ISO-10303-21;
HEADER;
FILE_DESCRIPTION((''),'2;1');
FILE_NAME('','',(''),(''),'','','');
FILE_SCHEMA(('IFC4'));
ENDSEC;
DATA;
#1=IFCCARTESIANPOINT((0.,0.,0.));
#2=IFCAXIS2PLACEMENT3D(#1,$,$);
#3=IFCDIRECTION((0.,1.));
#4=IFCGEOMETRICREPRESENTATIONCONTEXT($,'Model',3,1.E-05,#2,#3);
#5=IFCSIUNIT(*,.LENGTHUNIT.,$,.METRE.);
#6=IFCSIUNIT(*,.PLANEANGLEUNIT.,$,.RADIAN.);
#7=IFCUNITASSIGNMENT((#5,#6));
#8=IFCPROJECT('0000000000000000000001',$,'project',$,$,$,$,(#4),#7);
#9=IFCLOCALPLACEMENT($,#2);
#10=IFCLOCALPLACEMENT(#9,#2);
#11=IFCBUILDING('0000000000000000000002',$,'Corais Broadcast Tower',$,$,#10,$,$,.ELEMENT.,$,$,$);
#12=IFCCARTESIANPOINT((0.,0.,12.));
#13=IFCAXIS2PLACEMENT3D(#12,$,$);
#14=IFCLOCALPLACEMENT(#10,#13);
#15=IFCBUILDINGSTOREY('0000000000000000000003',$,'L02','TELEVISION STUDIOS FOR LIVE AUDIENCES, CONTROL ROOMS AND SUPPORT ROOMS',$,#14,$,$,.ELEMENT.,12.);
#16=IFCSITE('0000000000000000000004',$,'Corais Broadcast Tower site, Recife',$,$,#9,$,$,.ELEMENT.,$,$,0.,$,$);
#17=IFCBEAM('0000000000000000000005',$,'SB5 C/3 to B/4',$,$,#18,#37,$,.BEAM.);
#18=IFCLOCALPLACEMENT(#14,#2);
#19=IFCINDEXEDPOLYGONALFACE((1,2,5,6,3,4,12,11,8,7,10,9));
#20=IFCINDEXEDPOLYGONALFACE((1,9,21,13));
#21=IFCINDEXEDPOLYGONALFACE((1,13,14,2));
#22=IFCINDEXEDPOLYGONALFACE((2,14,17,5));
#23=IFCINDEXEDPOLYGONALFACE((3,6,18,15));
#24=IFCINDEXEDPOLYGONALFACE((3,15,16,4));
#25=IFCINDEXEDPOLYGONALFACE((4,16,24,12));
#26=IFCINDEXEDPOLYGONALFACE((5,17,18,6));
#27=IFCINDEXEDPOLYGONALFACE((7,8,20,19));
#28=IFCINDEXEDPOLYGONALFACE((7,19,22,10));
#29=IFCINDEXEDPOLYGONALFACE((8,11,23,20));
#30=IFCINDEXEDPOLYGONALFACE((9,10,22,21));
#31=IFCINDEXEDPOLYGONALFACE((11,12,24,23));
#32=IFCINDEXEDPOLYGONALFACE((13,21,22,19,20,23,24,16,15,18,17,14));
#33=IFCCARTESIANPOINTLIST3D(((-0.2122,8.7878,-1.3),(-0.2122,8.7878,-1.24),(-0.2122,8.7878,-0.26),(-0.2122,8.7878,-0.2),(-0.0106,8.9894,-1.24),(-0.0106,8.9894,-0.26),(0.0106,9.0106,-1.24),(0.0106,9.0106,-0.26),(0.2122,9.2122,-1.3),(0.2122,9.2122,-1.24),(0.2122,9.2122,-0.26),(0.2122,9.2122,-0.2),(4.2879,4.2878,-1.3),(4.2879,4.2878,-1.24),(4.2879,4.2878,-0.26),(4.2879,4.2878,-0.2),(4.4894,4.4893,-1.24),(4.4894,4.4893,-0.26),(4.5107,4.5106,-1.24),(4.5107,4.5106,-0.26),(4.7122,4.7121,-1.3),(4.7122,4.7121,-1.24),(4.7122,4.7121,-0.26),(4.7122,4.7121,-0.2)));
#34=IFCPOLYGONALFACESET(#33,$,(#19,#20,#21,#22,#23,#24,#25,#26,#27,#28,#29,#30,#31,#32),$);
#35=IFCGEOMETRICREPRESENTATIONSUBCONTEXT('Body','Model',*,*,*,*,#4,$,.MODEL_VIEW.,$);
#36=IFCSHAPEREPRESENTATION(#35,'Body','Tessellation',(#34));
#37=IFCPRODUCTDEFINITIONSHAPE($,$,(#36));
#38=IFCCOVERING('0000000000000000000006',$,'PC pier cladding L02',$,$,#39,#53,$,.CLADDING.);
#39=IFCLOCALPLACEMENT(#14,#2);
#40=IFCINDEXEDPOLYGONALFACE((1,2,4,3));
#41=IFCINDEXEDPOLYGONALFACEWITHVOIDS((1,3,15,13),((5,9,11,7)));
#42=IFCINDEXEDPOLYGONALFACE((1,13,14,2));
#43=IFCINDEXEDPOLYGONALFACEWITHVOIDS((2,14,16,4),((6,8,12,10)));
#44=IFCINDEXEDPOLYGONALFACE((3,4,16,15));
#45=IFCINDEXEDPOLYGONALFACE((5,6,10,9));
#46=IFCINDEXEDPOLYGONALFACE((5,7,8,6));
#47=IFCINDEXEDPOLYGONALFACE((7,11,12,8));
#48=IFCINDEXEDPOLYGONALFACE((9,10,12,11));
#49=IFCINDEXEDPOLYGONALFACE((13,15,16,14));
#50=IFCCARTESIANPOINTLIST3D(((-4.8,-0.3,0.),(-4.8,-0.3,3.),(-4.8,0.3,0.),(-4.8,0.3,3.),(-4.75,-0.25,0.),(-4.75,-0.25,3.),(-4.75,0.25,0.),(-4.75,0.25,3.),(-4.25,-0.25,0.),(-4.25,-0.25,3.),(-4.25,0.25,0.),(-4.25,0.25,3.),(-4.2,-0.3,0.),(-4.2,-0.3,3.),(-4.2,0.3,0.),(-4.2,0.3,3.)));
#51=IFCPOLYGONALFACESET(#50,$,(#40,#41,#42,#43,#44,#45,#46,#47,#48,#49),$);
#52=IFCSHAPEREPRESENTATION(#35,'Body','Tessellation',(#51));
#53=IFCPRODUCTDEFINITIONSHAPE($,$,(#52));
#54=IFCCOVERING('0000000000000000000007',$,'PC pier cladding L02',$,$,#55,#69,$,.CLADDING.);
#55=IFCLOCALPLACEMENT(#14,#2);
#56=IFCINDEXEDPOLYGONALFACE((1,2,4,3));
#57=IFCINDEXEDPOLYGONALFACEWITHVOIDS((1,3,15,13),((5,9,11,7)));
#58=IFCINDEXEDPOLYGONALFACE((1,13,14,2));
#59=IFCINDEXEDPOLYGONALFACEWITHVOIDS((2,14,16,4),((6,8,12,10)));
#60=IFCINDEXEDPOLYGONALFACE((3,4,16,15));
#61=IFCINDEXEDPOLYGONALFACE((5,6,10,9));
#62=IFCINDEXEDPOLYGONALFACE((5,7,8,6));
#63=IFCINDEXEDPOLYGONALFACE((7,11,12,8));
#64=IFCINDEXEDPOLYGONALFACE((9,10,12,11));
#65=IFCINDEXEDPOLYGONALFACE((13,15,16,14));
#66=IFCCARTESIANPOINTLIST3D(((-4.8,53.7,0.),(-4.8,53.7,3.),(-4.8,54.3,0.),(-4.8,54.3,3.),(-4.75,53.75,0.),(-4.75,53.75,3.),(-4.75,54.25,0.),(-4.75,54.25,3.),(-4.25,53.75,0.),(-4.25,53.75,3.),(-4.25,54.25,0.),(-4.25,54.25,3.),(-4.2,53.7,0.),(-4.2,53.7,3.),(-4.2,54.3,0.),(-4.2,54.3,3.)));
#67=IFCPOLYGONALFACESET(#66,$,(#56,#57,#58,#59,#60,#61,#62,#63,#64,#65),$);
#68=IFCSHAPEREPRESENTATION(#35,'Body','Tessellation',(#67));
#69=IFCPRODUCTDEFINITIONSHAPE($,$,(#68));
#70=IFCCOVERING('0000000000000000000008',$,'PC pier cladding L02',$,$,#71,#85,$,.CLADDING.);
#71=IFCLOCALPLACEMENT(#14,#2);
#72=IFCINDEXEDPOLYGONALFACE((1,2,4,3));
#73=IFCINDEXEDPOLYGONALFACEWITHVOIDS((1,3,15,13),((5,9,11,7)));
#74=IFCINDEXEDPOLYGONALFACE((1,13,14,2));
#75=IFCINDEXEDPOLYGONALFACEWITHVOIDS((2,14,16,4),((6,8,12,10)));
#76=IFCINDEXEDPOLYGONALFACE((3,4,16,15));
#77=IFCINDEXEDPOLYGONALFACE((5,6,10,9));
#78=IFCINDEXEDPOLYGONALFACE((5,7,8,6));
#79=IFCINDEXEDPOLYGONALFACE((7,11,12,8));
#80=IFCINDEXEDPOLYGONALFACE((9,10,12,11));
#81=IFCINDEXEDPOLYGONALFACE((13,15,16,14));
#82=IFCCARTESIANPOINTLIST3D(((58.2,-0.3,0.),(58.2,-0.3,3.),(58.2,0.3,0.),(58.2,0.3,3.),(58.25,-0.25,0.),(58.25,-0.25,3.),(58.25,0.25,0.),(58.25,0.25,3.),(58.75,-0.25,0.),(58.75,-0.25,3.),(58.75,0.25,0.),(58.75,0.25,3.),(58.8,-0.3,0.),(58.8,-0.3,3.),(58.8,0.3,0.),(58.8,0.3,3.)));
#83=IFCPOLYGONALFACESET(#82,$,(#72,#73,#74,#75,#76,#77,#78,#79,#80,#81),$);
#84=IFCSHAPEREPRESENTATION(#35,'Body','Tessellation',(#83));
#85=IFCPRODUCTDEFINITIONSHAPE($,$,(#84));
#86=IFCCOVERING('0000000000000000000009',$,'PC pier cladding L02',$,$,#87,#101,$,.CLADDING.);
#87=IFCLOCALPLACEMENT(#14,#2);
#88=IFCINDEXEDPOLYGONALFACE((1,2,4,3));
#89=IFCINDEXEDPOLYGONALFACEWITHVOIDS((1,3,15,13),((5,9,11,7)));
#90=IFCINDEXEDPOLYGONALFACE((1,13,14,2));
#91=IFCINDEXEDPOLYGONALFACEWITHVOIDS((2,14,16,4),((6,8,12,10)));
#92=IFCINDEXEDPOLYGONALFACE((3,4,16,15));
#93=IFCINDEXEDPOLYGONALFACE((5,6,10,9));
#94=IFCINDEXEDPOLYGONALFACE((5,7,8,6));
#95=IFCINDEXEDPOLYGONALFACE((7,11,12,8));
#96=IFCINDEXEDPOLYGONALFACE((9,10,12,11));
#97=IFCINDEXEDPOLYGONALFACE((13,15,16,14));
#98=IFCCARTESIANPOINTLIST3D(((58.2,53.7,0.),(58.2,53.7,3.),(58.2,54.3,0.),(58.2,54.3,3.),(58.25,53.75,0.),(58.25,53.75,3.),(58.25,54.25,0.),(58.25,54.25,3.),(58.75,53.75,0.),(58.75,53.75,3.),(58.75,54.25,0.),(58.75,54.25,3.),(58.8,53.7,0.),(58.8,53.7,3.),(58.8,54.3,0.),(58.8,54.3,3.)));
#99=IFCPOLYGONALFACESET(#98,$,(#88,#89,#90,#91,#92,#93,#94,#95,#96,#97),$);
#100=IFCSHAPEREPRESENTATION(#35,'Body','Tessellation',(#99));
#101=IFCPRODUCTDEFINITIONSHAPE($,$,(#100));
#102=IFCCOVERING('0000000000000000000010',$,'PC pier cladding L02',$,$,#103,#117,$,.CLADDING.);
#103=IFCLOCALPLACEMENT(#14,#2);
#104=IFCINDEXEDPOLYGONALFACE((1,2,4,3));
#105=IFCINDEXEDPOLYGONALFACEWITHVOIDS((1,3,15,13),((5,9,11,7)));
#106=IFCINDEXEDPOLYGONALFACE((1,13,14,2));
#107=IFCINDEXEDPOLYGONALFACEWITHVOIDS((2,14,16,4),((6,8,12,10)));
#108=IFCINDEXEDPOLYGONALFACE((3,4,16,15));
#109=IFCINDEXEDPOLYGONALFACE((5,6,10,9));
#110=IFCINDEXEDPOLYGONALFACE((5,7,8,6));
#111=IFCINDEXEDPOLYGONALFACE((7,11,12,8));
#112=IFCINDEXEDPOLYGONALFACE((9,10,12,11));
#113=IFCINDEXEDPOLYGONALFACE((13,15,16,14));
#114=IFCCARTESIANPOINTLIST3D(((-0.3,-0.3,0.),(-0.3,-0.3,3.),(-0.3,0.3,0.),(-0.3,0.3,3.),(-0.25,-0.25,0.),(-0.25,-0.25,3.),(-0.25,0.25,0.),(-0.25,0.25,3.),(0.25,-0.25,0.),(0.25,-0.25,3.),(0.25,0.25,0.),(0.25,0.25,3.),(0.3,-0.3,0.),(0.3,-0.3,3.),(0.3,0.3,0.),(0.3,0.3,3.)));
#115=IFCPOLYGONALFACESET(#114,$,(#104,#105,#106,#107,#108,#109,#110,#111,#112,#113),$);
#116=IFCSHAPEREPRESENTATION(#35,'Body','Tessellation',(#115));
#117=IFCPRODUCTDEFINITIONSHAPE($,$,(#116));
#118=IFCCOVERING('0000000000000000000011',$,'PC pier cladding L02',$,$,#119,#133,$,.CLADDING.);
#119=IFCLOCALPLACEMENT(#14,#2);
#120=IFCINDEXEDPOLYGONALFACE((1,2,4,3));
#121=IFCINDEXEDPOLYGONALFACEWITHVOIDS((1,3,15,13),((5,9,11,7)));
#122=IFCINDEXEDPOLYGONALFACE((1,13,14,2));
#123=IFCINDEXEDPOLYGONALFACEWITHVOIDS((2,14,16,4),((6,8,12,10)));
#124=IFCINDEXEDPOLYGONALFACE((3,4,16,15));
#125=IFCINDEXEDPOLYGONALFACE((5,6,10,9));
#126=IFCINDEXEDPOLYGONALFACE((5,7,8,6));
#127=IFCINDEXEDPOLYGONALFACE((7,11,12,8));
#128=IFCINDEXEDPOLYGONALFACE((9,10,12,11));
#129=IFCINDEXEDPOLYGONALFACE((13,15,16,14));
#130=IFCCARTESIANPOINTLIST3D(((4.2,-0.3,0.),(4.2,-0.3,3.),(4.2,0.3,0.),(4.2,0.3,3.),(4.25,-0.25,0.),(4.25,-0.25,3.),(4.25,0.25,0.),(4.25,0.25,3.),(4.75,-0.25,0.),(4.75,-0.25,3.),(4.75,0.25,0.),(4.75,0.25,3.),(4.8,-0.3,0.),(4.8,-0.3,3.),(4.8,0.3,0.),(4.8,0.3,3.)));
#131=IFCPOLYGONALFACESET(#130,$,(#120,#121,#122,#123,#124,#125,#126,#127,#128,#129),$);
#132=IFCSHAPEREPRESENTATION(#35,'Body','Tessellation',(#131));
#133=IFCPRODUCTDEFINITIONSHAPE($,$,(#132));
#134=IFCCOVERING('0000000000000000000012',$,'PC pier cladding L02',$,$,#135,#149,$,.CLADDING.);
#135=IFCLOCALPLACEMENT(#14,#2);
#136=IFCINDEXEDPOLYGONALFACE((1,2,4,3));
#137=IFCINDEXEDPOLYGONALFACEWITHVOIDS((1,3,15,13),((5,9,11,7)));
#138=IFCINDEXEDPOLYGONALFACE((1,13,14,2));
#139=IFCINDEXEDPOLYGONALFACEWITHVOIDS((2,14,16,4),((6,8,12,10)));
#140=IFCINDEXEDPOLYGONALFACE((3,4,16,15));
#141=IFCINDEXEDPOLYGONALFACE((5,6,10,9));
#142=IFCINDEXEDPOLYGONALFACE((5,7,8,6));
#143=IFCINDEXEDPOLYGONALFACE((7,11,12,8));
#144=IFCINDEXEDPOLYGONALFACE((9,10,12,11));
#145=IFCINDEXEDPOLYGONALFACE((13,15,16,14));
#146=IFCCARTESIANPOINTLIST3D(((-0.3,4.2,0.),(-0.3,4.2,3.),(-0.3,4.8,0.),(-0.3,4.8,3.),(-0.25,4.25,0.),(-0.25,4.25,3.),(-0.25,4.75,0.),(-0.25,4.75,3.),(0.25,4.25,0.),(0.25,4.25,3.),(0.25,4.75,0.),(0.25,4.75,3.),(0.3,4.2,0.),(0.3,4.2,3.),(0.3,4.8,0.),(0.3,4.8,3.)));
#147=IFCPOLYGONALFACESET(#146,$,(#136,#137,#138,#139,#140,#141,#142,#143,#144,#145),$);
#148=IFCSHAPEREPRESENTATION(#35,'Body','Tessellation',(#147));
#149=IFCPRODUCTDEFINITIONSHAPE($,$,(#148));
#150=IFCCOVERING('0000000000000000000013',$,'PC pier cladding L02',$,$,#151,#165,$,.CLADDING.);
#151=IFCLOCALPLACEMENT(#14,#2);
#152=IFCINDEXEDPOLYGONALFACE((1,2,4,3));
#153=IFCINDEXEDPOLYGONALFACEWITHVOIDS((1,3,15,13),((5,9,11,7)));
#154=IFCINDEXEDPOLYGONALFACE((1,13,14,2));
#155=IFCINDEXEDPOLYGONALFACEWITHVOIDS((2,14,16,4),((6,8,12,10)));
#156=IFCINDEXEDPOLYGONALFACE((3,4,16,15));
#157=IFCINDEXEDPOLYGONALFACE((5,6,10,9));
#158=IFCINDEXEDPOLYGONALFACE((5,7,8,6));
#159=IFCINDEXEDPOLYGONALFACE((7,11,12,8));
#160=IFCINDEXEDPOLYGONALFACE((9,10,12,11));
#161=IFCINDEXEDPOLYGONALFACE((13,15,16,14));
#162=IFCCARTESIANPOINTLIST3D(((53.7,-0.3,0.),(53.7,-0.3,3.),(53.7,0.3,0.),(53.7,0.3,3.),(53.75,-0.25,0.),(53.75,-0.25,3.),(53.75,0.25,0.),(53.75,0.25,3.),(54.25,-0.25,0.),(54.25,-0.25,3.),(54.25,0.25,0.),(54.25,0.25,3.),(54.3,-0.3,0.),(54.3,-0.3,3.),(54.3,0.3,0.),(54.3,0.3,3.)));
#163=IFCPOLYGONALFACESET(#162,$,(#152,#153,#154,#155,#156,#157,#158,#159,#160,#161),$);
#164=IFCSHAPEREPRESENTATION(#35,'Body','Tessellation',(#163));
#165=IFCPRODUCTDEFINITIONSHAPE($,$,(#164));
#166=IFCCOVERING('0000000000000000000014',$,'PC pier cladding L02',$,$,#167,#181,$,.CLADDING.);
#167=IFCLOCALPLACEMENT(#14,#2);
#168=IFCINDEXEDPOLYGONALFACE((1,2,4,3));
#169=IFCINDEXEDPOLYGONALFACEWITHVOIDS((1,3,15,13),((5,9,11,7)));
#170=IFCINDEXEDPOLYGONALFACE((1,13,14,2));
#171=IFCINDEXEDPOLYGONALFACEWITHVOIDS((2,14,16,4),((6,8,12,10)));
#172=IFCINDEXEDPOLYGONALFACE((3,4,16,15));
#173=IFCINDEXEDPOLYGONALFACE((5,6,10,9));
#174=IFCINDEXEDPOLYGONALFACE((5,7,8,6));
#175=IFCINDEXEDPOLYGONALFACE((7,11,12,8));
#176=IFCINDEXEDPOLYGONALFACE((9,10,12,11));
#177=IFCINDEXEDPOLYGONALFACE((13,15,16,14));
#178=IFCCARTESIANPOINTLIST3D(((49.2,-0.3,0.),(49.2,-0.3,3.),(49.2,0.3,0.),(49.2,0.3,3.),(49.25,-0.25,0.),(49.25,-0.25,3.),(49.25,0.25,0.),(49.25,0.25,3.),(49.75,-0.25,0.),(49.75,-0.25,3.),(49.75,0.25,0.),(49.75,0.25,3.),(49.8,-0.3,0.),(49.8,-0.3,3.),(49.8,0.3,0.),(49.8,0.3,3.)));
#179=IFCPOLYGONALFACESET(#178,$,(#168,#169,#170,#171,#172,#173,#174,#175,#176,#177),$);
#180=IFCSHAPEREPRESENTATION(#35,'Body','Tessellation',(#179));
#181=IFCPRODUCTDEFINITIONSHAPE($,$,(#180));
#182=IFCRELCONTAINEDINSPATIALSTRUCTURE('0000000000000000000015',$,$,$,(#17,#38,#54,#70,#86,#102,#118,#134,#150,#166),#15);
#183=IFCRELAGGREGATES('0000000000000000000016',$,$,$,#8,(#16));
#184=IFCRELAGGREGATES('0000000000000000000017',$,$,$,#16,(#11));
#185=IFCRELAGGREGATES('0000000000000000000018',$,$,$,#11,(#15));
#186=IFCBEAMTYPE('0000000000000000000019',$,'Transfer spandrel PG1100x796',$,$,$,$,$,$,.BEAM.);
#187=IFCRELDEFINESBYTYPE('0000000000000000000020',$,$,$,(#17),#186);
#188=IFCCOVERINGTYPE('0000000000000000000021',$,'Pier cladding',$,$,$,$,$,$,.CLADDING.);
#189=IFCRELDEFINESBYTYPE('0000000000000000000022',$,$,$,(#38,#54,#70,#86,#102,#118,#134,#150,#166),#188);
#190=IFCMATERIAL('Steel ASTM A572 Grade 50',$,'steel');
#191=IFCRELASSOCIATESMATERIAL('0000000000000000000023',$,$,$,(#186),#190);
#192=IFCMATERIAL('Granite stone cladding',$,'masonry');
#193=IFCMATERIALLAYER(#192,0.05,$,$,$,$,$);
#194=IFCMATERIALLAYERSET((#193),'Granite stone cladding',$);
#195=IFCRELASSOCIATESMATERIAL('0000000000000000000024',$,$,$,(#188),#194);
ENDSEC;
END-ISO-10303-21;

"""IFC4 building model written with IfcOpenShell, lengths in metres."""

from ifc_helpers import new_model, si_unit, direction, frame, origin, origin_2d, place, context, subcontext, project, spatial, polyline, i_section, outline, extrude, material, layer, layer_set, material_profile, profile_set, type_object, element, save


model = new_model("IFC4")

# Units and contexts
model_context = context("Model", 3, precision=1e-05, world=origin(), true_north=direction((0.0, 1.0)))
body_context = subcontext(model_context, "Body", "Model", "MODEL_VIEW")
ifc_project = project(units=[si_unit("LENGTHUNIT", "METRE"), si_unit("PLANEANGLEUNIT", "RADIAN")], contexts=[model_context])

# Site, building, storey
site_placement = place(None, origin())
site = spatial("IfcSite", under=ifc_project, at=site_placement, Name="Corais Broadcast Tower site, Recife", CompositionType="ELEMENT", RefElevation=0.0)
building_placement = place(site_placement, origin())
building = spatial("IfcBuilding", under=site, at=building_placement, Name="Corais Broadcast Tower", CompositionType="ELEMENT")
storey_placement = place(building_placement, frame((0.0, 0.0, 12.0)))
storey = spatial("IfcBuildingStorey", under=building, at=storey_placement, Name="L02", Description="TELEVISION STUDIOS FOR LIVE AUDIENCES, CONTROL ROOMS AND SUPPORT ROOMS", CompositionType="ELEMENT", Elevation=12.0)

# Beam
ifc_material_1 = material(Name="Steel ASTM A572 Grade 50", Category="steel")
ifc_material_profile_1 = material_profile(ifc_material_1, i_section(OverallWidth=0.6001, OverallDepth=1.1001, WebThickness=0.03, FlangeThickness=0.0601, at=origin_2d()), Name="PG1100x796")
ifc_profile_set_1 = profile_set([ifc_material_profile_1], Name="Steel ASTM A572 Grade 50")
beam_type_1 = type_object("IfcBeamType", Name="Transfer spandrel PG1100x796", PredefinedType="BEAM", material=ifc_profile_set_1)
beam_1_placement = place(storey_placement, frame((0.0, 9.0, -0.75), z_axis=(0.707107, -0.707107, 0.0), x_axis=(0.707107, 0.707107, 0.0)))
element("IfcBeam", 1, at=beam_1_placement, inside=storey, type_object=beam_type_1, Name="SB5 C/3 to B/4", PredefinedType="BEAM", context=body_context, shape_type="SweptSolid", body=[
    extrude(i_section(OverallWidth=0.6001, OverallDepth=1.1001, WebThickness=0.03, FlangeThickness=0.0601, at=origin_2d()), origin(), (0.0, 0.0, 1.0), 6.364),
])

# Coverings
ifc_material_2 = material(Name="Granite stone cladding", Category="masonry")
ifc_layer = layer(ifc_material_2, 0.05)
ifc_layer_set = layer_set([ifc_layer], Name="Granite stone cladding")
covering_type = type_object("IfcCoveringType", Name="Pier cladding", PredefinedType="CLADDING", material=ifc_layer_set)
covering_1_placement = place(storey_placement, origin())
element("IfcCovering", 2, at=covering_1_placement, inside=storey, type_object=covering_type, Name="PC pier cladding L02", PredefinedType="CLADDING", context=body_context, shape_type="SweptSolid", body=[
    extrude(outline(polyline([(-4.8, -0.3), (-4.2, -0.3), (-4.2, 0.3), (-4.8, 0.3), (-4.8, -0.3)]), holes=[polyline([(-4.75, -0.25), (-4.25, -0.25), (-4.25, 0.25), (-4.75, 0.25), (-4.75, -0.25)])]), origin(), (0.0, 0.0, 1.0), 3.0),
])
covering_2_placement = place(storey_placement, origin())
element("IfcCovering", 3, at=covering_2_placement, inside=storey, type_object=covering_type, Name="PC pier cladding L02", PredefinedType="CLADDING", context=body_context, shape_type="SweptSolid", body=[
    extrude(outline(polyline([(-4.8, 53.7), (-4.2, 53.7), (-4.2, 54.3), (-4.8, 54.3), (-4.8, 53.7)]), holes=[polyline([(-4.75, 53.75), (-4.25, 53.75), (-4.25, 54.25), (-4.75, 54.25), (-4.75, 53.75)])]), origin(), (0.0, 0.0, 1.0), 3.0),
])
covering_3_placement = place(storey_placement, origin())
element("IfcCovering", 4, at=covering_3_placement, inside=storey, type_object=covering_type, Name="PC pier cladding L02", PredefinedType="CLADDING", context=body_context, shape_type="SweptSolid", body=[
    extrude(outline(polyline([(58.2, -0.3), (58.8, -0.3), (58.8, 0.3), (58.2, 0.3), (58.2, -0.3)]), holes=[polyline([(58.25, -0.25), (58.75, -0.25), (58.75, 0.25), (58.25, 0.25), (58.25, -0.25)])]), origin(), (0.0, 0.0, 1.0), 3.0),
])
covering_4_placement = place(storey_placement, origin())
element("IfcCovering", 5, at=covering_4_placement, inside=storey, type_object=covering_type, Name="PC pier cladding L02", PredefinedType="CLADDING", context=body_context, shape_type="SweptSolid", body=[
    extrude(outline(polyline([(58.2, 53.7), (58.8, 53.7), (58.8, 54.3), (58.2, 54.3), (58.2, 53.7)]), holes=[polyline([(58.25, 53.75), (58.75, 53.75), (58.75, 54.25), (58.25, 54.25), (58.25, 53.75)])]), origin(), (0.0, 0.0, 1.0), 3.0),
])
covering_5_placement = place(storey_placement, origin())
element("IfcCovering", 6, at=covering_5_placement, inside=storey, type_object=covering_type, Name="PC pier cladding L02", PredefinedType="CLADDING", context=body_context, shape_type="SweptSolid", body=[
    extrude(outline(polyline([(-0.3, -0.3), (0.3, -0.3), (0.3, 0.3), (-0.3, 0.3), (-0.3, -0.3)]), holes=[polyline([(-0.25, -0.25), (0.25, -0.25), (0.25, 0.25), (-0.25, 0.25), (-0.25, -0.25)])]), origin(), (0.0, 0.0, 1.0), 3.0),
])
covering_6_placement = place(storey_placement, origin())
element("IfcCovering", 7, at=covering_6_placement, inside=storey, type_object=covering_type, Name="PC pier cladding L02", PredefinedType="CLADDING", context=body_context, shape_type="SweptSolid", body=[
    extrude(outline(polyline([(4.2, -0.3), (4.8, -0.3), (4.8, 0.3), (4.2, 0.3), (4.2, -0.3)]), holes=[polyline([(4.25, -0.25), (4.75, -0.25), (4.75, 0.25), (4.25, 0.25), (4.25, -0.25)])]), origin(), (0.0, 0.0, 1.0), 3.0),
])
covering_7_placement = place(storey_placement, origin())
element("IfcCovering", 8, at=covering_7_placement, inside=storey, type_object=covering_type, Name="PC pier cladding L02", PredefinedType="CLADDING", context=body_context, shape_type="SweptSolid", body=[
    extrude(outline(polyline([(-0.3, 4.2), (0.3, 4.2), (0.3, 4.8), (-0.3, 4.8), (-0.3, 4.2)]), holes=[polyline([(-0.25, 4.25), (0.25, 4.25), (0.25, 4.75), (-0.25, 4.75), (-0.25, 4.25)])]), origin(), (0.0, 0.0, 1.0), 3.0),
])
covering_8_placement = place(storey_placement, origin())
element("IfcCovering", 9, at=covering_8_placement, inside=storey, type_object=covering_type, Name="PC pier cladding L02", PredefinedType="CLADDING", context=body_context, shape_type="SweptSolid", body=[
    extrude(outline(polyline([(53.7, -0.3), (54.3, -0.3), (54.3, 0.3), (53.7, 0.3), (53.7, -0.3)]), holes=[polyline([(53.75, -0.25), (54.25, -0.25), (54.25, 0.25), (53.75, 0.25), (53.75, -0.25)])]), origin(), (0.0, 0.0, 1.0), 3.0),
])
covering_9_placement = place(storey_placement, origin())
element("IfcCovering", 10, at=covering_9_placement, inside=storey, type_object=covering_type, Name="PC pier cladding L02", PredefinedType="CLADDING", context=body_context, shape_type="SweptSolid", body=[
    extrude(outline(polyline([(49.2, -0.3), (49.8, -0.3), (49.8, 0.3), (49.2, 0.3), (49.2, -0.3)]), holes=[polyline([(49.25, -0.25), (49.75, -0.25), (49.75, 0.25), (49.25, 0.25), (49.25, -0.25)])]), origin(), (0.0, 0.0, 1.0), 3.0),
])

save(model, "model.ifc")
